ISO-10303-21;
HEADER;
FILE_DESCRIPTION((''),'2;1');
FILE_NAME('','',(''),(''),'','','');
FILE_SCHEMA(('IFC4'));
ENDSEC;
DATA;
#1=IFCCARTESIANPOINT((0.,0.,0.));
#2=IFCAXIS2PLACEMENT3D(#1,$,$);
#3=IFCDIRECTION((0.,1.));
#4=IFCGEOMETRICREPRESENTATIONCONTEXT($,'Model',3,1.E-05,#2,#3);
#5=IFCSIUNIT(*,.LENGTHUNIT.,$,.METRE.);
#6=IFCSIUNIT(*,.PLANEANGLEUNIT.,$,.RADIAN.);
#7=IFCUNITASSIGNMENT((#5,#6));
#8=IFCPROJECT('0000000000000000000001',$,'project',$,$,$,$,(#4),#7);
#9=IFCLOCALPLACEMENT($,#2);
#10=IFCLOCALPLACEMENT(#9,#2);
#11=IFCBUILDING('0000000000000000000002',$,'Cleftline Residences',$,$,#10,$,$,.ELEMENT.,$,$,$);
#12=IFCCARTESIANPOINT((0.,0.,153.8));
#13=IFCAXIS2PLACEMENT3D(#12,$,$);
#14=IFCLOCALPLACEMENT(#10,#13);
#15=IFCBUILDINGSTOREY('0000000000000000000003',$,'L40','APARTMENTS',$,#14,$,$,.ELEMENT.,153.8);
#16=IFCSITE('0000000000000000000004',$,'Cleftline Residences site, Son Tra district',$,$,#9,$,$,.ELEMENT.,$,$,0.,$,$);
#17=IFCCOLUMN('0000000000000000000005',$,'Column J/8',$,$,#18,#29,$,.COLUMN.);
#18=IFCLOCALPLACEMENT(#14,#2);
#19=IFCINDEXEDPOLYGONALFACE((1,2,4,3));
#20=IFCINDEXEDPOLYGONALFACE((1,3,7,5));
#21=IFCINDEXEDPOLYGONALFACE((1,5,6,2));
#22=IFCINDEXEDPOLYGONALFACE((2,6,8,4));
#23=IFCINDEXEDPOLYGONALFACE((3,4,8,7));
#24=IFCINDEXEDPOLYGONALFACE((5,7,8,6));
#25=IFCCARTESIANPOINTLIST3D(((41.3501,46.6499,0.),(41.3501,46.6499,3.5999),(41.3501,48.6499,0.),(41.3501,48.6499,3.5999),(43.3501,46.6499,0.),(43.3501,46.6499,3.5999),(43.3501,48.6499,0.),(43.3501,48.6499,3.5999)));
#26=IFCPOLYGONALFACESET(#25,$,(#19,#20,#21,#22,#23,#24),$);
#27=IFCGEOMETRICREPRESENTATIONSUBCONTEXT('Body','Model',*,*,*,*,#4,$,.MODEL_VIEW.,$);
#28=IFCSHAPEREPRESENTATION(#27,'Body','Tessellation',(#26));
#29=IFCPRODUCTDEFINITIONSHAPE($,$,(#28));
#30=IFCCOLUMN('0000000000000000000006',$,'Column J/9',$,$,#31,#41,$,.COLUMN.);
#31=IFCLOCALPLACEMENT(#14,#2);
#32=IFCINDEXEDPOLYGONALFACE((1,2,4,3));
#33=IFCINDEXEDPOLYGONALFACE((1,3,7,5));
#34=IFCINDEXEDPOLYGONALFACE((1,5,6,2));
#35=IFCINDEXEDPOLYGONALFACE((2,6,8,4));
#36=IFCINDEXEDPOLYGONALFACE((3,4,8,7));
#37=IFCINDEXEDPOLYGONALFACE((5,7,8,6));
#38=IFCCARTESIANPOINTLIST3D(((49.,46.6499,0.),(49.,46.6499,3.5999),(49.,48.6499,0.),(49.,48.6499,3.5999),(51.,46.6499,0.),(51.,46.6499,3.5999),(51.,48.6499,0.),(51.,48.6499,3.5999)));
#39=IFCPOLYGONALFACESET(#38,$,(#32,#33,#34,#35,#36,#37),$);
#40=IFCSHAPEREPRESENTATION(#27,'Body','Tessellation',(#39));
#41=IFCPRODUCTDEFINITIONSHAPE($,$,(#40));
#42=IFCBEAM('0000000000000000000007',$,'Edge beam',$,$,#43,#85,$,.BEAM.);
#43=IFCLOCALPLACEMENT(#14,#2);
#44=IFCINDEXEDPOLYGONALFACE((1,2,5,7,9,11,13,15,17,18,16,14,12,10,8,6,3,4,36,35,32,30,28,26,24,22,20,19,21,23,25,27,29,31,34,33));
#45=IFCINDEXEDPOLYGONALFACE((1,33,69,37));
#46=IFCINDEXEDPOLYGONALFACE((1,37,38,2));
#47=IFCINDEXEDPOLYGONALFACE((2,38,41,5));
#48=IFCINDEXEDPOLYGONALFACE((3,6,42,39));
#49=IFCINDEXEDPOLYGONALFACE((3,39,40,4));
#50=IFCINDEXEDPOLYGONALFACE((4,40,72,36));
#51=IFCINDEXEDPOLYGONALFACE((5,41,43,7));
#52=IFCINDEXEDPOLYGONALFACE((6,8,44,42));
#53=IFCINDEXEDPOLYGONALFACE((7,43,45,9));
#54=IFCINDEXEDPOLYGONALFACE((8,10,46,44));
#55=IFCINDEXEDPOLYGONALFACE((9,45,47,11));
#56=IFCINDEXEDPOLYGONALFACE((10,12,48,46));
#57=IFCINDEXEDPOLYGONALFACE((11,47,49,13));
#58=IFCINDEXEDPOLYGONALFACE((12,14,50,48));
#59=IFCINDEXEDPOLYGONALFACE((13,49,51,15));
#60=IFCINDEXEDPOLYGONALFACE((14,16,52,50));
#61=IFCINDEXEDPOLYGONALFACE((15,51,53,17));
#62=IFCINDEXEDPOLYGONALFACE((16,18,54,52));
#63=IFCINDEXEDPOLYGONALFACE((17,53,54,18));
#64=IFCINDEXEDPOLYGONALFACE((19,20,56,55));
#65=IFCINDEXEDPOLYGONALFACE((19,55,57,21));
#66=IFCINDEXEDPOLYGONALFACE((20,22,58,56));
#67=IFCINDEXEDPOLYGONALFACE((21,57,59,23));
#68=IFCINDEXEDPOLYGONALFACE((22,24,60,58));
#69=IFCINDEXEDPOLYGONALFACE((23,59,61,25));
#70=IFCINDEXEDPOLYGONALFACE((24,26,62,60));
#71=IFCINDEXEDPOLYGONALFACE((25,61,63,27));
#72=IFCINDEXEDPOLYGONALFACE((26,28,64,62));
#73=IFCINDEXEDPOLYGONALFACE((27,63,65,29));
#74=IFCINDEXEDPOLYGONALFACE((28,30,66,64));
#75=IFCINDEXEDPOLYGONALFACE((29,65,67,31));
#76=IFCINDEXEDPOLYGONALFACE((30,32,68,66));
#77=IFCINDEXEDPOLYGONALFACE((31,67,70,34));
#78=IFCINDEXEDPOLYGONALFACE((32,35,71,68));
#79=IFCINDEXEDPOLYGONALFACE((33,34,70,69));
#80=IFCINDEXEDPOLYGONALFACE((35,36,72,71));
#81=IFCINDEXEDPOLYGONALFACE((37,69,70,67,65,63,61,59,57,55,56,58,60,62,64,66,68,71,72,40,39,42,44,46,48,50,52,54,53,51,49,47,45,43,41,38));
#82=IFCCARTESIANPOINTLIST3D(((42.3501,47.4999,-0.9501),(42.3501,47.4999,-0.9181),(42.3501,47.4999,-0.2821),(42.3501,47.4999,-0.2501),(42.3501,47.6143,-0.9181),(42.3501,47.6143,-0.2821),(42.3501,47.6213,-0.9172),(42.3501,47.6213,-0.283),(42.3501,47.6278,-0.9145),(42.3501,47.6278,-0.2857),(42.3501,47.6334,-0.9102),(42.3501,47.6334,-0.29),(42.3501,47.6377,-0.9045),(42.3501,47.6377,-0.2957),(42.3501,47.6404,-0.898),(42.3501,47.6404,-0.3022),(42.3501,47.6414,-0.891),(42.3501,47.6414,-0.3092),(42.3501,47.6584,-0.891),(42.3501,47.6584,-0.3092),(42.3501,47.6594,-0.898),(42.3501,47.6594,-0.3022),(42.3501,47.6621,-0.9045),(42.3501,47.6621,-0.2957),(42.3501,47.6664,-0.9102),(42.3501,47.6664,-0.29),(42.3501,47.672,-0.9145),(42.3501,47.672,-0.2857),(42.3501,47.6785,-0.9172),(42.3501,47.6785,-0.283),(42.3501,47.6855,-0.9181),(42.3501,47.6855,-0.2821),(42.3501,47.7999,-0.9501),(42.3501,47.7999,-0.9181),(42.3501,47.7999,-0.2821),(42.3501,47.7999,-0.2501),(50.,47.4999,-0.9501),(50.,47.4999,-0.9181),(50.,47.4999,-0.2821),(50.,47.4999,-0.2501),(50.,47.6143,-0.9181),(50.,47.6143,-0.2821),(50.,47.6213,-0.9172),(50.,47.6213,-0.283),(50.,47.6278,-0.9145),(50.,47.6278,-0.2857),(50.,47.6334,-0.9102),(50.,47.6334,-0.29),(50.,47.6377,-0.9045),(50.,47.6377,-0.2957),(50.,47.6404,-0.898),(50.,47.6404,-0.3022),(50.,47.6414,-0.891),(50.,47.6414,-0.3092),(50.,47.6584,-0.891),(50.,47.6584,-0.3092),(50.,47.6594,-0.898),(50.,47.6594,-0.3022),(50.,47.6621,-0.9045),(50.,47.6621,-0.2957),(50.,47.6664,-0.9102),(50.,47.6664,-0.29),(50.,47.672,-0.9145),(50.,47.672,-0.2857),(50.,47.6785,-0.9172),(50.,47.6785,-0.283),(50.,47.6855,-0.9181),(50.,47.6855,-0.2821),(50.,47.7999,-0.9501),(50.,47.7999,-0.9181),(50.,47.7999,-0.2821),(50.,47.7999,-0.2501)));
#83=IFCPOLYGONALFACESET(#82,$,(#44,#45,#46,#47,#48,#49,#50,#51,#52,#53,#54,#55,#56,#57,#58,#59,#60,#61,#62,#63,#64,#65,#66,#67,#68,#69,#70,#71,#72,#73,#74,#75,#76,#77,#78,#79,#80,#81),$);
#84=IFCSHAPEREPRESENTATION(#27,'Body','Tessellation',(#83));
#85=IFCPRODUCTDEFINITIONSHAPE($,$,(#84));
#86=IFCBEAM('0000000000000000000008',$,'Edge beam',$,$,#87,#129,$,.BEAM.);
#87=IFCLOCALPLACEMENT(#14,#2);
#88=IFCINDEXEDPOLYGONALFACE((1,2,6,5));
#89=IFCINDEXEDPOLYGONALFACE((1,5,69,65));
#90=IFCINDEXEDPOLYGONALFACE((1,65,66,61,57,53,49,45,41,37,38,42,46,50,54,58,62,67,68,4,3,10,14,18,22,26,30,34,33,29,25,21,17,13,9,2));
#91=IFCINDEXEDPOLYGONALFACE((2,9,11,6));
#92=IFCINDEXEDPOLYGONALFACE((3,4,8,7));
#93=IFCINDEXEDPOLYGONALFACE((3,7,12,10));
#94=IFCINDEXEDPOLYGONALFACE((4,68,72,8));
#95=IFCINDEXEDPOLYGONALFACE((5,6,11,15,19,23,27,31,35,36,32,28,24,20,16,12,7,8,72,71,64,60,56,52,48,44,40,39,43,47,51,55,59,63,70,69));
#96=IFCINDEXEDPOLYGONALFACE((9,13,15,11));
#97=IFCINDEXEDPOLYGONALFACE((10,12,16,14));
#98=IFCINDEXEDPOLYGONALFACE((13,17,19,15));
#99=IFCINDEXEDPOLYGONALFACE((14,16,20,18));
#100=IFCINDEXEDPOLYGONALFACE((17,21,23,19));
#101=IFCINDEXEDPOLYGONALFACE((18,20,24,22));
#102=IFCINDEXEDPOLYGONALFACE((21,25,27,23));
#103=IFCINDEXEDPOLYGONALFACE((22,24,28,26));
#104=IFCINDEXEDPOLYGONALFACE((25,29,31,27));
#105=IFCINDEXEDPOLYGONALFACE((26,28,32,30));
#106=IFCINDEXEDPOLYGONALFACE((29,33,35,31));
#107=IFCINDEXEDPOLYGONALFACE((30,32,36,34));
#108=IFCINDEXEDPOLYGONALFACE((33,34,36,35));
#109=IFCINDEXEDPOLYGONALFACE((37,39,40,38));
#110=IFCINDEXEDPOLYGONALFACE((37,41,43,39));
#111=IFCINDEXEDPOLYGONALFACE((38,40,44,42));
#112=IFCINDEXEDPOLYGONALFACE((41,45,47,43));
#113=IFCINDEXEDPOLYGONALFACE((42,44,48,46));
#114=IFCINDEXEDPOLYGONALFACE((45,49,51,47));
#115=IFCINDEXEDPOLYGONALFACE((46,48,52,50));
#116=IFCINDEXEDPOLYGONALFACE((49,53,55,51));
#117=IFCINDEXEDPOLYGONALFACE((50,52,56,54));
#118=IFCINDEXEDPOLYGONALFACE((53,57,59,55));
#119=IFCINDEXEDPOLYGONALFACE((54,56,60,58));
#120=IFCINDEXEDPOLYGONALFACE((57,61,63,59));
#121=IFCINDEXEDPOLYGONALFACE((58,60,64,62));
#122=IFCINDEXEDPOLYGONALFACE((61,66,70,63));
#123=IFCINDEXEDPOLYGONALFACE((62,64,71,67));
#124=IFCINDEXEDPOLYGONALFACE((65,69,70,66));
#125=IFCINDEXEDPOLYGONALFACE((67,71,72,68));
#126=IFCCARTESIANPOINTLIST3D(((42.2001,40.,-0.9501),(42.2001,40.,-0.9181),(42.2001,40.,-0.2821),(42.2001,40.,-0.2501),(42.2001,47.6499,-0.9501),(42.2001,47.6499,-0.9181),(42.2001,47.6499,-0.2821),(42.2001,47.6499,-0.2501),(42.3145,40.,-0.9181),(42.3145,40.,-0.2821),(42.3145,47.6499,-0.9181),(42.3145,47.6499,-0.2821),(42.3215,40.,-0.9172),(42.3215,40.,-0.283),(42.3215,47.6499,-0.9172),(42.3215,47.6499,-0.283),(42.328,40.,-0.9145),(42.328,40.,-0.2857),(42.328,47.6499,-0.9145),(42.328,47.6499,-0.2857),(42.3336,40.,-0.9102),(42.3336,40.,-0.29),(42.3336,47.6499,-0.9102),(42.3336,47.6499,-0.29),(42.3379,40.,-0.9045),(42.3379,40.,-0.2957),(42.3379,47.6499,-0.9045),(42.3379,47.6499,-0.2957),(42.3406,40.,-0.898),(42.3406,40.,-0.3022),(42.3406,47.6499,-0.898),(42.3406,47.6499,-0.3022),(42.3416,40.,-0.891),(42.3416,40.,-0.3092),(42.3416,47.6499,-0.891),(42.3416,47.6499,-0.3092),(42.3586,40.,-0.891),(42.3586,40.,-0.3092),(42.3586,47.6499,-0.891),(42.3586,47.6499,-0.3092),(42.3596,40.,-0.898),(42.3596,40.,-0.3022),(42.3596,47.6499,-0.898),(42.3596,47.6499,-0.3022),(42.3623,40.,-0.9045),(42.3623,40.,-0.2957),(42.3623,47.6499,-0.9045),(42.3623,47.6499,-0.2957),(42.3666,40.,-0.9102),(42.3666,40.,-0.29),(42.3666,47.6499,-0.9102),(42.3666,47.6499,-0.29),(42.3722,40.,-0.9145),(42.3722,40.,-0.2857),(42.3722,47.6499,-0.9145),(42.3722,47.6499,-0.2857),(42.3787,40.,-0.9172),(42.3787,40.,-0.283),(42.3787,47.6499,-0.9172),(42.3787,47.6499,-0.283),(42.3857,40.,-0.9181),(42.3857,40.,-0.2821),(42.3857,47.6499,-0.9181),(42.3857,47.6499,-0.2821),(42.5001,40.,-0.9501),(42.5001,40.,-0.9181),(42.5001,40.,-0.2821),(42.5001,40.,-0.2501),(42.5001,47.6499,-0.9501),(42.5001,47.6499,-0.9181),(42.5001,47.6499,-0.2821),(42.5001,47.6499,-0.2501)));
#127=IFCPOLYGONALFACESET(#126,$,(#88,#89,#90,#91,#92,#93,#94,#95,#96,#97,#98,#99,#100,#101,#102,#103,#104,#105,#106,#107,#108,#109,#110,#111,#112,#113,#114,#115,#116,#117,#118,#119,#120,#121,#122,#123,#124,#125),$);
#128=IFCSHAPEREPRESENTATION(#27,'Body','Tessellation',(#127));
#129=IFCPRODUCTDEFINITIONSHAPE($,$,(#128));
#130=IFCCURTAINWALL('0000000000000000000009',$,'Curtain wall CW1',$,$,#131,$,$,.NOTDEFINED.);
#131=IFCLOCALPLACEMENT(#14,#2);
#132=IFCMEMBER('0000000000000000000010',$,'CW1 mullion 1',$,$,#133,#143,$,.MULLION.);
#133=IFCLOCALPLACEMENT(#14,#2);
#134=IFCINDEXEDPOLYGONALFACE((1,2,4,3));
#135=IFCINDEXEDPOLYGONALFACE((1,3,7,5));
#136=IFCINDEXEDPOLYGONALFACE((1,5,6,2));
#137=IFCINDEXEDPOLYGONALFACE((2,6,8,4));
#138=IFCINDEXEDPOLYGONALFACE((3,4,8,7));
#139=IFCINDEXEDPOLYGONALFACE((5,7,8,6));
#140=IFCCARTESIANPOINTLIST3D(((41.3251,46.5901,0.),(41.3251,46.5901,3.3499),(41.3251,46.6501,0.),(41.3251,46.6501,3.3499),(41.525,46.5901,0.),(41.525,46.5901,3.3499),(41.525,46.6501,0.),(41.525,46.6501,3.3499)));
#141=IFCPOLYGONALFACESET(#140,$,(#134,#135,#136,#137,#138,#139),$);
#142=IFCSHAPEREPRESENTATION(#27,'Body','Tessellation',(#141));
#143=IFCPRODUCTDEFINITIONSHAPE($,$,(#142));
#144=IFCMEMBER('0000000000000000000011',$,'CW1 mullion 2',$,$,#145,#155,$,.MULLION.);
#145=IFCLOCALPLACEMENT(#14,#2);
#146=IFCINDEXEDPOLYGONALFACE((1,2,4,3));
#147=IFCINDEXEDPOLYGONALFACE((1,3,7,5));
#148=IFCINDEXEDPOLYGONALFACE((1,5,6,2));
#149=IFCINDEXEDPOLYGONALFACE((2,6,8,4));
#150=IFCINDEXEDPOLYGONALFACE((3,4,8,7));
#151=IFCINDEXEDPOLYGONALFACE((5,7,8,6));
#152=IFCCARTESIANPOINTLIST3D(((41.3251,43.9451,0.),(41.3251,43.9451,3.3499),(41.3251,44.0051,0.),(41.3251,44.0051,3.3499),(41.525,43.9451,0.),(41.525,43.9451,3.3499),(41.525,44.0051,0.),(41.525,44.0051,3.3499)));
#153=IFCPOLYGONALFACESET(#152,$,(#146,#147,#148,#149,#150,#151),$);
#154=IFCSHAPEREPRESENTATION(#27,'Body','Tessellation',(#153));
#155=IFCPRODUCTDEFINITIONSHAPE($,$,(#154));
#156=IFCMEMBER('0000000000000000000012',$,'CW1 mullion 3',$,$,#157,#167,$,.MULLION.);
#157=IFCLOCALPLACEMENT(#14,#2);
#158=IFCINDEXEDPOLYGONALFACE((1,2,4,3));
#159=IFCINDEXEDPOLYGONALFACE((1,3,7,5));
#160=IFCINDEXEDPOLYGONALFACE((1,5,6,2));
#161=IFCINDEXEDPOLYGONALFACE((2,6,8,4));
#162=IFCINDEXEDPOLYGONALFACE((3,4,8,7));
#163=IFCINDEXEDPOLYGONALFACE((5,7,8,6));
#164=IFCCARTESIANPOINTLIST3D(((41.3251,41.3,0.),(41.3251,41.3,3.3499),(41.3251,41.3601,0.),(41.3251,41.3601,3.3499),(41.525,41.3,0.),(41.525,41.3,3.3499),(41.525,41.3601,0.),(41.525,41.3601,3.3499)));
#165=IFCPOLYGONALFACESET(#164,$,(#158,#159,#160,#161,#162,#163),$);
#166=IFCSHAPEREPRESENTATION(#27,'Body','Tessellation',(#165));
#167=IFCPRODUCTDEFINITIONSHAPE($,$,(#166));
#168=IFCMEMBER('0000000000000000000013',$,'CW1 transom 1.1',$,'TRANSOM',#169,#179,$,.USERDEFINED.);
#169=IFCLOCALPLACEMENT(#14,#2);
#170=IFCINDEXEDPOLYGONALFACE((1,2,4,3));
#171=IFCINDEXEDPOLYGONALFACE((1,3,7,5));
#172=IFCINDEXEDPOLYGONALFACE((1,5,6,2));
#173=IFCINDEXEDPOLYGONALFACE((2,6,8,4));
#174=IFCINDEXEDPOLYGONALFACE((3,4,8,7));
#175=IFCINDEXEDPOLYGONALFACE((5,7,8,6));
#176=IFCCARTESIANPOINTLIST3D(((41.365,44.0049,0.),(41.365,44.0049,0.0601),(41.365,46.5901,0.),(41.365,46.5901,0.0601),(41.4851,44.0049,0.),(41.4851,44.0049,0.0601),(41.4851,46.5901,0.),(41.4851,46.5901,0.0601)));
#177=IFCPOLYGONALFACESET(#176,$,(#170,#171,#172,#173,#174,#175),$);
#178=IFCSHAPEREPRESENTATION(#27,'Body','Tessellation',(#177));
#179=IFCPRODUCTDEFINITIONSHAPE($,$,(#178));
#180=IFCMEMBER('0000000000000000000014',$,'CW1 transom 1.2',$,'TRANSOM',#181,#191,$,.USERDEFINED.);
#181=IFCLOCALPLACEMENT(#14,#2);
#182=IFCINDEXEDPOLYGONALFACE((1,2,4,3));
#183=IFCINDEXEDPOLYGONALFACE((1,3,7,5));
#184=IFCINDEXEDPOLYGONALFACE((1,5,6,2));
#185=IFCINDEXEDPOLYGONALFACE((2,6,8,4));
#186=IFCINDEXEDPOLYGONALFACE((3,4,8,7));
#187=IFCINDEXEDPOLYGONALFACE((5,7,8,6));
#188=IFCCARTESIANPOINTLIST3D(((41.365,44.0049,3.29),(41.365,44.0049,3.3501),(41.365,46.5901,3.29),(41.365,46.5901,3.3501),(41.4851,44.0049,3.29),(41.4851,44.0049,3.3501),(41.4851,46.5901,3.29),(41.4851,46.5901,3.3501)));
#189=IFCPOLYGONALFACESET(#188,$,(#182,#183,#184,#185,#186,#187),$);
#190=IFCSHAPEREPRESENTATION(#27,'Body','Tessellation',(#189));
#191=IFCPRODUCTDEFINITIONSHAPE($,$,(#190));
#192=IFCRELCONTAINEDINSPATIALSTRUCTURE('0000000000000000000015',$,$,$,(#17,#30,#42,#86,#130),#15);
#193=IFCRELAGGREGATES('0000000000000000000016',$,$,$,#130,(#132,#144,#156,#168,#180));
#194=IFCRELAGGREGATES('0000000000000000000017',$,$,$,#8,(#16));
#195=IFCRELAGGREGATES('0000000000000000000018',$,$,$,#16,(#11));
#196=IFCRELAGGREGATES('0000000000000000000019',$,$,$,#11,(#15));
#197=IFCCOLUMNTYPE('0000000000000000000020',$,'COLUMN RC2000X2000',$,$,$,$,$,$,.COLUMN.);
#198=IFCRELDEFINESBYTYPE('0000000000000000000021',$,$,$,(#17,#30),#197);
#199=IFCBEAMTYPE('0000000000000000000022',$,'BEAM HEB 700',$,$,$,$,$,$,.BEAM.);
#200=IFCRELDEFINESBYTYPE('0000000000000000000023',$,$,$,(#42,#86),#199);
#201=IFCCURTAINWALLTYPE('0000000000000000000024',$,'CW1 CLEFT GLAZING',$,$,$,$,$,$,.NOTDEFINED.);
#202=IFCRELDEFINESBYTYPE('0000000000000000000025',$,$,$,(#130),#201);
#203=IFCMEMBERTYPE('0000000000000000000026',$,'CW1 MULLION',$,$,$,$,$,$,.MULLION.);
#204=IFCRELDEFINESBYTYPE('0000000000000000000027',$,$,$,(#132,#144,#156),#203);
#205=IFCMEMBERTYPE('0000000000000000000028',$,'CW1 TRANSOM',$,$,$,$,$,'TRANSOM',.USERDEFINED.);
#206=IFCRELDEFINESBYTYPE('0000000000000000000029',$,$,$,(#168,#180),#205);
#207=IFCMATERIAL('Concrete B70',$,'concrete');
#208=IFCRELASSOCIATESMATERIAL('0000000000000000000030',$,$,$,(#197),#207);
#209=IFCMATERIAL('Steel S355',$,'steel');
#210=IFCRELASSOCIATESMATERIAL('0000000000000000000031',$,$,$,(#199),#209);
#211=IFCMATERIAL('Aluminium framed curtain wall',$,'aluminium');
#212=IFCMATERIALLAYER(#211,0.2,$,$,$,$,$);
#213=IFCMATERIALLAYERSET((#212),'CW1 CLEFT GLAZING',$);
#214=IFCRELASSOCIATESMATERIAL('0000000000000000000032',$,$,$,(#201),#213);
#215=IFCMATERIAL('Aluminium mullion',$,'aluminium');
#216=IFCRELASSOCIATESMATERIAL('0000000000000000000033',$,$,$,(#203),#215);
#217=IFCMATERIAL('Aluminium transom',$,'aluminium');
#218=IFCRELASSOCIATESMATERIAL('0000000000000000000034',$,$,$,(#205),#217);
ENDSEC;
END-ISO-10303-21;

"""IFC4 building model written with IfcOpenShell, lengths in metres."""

from ifc_helpers import new_model, si_unit, direction, frame, origin, origin_2d, place, context, subcontext, project, spatial, rectangle, i_section, extrude, material, layer, layer_set, material_profile, profile_set, type_object, element, aggregate, save


model = new_model("IFC4")

# Units and contexts
model_context = context("Model", 3, precision=1e-05, world=origin(), true_north=direction((0.0, 1.0)))
body_context = subcontext(model_context, "Body", "Model", "MODEL_VIEW")
ifc_project = project(units=[si_unit("LENGTHUNIT", "METRE"), si_unit("PLANEANGLEUNIT", "RADIAN")], contexts=[model_context])

# Site, building, storey
site_placement = place(None, origin())
site = spatial("IfcSite", under=ifc_project, at=site_placement, Name="Cleftline Residences site, Son Tra district", CompositionType="ELEMENT", RefElevation=0.0)
building_placement = place(site_placement, origin())
building = spatial("IfcBuilding", under=site, at=building_placement, Name="Cleftline Residences", CompositionType="ELEMENT")
storey_placement = place(building_placement, frame((0.0, 0.0, 153.8)))
storey = spatial("IfcBuildingStorey", under=building, at=storey_placement, Name="L40", Description="APARTMENTS", CompositionType="ELEMENT", Elevation=153.8)

# Columns
ifc_material_1 = material(Name="Concrete B70", Category="concrete")
ifc_material_profile_1 = material_profile(ifc_material_1, rectangle(XDim=2.0, YDim=2.0, at=origin_2d()))
ifc_profile_set_1 = profile_set([ifc_material_profile_1], Name="Concrete B70")
column_type = type_object("IfcColumnType", Name="COLUMN RC2000X2000", PredefinedType="COLUMN", material=ifc_profile_set_1)
for number, where, z_axis, x_axis, name in (
    (1, (42.3501, 47.6499, 0.0), (0.0, 0.0, 1.0), (1.0, 0.0, 0.0), "Column J/8"),
    (2, (50.0, 47.6499, 0.0), (0.0, 0.0, 1.0), (1.0, 0.0, 0.0), "Column J/9"),
):
    element("IfcColumn", number, at=place(storey_placement, frame(where, z_axis=z_axis, x_axis=x_axis)), inside=storey, type_object=column_type, Name=name, PredefinedType="COLUMN", context=body_context, shape_type="SweptSolid", body=[
        extrude(rectangle(XDim=2.0, YDim=2.0, at=origin_2d()), origin(), (0.0, 0.0, 1.0), 3.5999),
    ])

# Beams
ifc_material_2 = material(Name="Steel S355", Category="steel")
ifc_material_profile_2 = material_profile(ifc_material_2, i_section(OverallWidth=0.3, OverallDepth=0.7, WebThickness=0.0171, FlangeThickness=0.032, FilletRadius=0.0271, at=origin_2d()))
ifc_profile_set_2 = profile_set([ifc_material_profile_2], Name="Steel S355")
beam_type = type_object("IfcBeamType", Name="BEAM HEB 700", PredefinedType="BEAM", material=ifc_profile_set_2)
for number, where, z_axis, x_axis, name in (
    (3, (50.0, 47.6499, -0.6001), (-1.0, 0.0, 0.0), (0.0, -1.0, 0.0), "Edge beam"),
    (4, (42.3501, 47.6499, -0.6001), (0.0, -1.0, 0.0), (1.0, 0.0, 0.0), "Edge beam"),
):
    element("IfcBeam", number, at=place(storey_placement, frame(where, z_axis=z_axis, x_axis=x_axis)), inside=storey, type_object=beam_type, Name=name, PredefinedType="BEAM", context=body_context, shape_type="SweptSolid", body=[
        extrude(i_section(OverallWidth=0.3, OverallDepth=0.7, WebThickness=0.0171, FlangeThickness=0.032, FilletRadius=0.0271, at=origin_2d()), origin(), (0.0, 0.0, 1.0), 7.6499),
    ])

# Curtain wall, members
ifc_material_3 = material(Name="Aluminium framed curtain wall", Category="aluminium")
ifc_layer_1 = layer(ifc_material_3, 0.2)
ifc_layer_set_1 = layer_set([ifc_layer_1], Name="CW1 CLEFT GLAZING")
curtain_wall_type = type_object("IfcCurtainWallType", Name="CW1 CLEFT GLAZING", PredefinedType="NOTDEFINED", material=ifc_layer_set_1)
curtain_wall_placement = place(storey_placement, origin())
curtain_wall = element("IfcCurtainWall", 5, at=curtain_wall_placement, inside=storey, type_object=curtain_wall_type, Name="Curtain wall CW1", PredefinedType="NOTDEFINED")
ifc_material_4 = material(Name="Aluminium mullion", Category="aluminium")
ifc_material_profile_3 = material_profile(ifc_material_4, rectangle(XDim=0.2, YDim=0.0601, at=origin_2d()))
ifc_profile_set_3 = profile_set([ifc_material_profile_3], Name="Aluminium mullion")
member_type_1 = type_object("IfcMemberType", Name="CW1 MULLION", PredefinedType="MULLION", material=ifc_profile_set_3)
member_1_placement = place(storey_placement, frame((41.425, 46.6201, 0.0), z_axis=(0.0, 0.0, 1.0), x_axis=(1.0, 0.0, 0.0)))
member_1 = element("IfcMember", 6, at=member_1_placement, type_object=member_type_1, Name="CW1 mullion 1", PredefinedType="MULLION", context=body_context, shape_type="SweptSolid", body=[
    extrude(rectangle(XDim=0.2, YDim=0.0601, at=origin_2d()), origin(), (0.0, 0.0, 1.0), 3.3499),
])
member_2_placement = place(storey_placement, frame((41.425, 43.9751, 0.0), z_axis=(0.0, 0.0, 1.0), x_axis=(1.0, 0.0, 0.0)))
member_2 = element("IfcMember", 7, at=member_2_placement, type_object=member_type_1, Name="CW1 mullion 2", PredefinedType="MULLION", context=body_context, shape_type="SweptSolid", body=[
    extrude(rectangle(XDim=0.2, YDim=0.0601, at=origin_2d()), origin(), (0.0, 0.0, 1.0), 3.3499),
])
member_3_placement = place(storey_placement, frame((41.425, 41.3301, 0.0), z_axis=(0.0, 0.0, 1.0), x_axis=(1.0, 0.0, 0.0)))
member_3 = element("IfcMember", 8, at=member_3_placement, type_object=member_type_1, Name="CW1 mullion 3", PredefinedType="MULLION", context=body_context, shape_type="SweptSolid", body=[
    extrude(rectangle(XDim=0.2, YDim=0.0601, at=origin_2d()), origin(), (0.0, 0.0, 1.0), 3.3499),
])
ifc_material_5 = material(Name="Aluminium transom", Category="aluminium")
ifc_material_profile_4 = material_profile(ifc_material_5, rectangle(XDim=0.1201, YDim=0.0601, at=origin_2d()))
ifc_profile_set_4 = profile_set([ifc_material_profile_4], Name="Aluminium transom")
member_type_2 = type_object("IfcMemberType", Name="CW1 TRANSOM", ElementType="TRANSOM", PredefinedType="USERDEFINED", material=ifc_profile_set_4)
member_4_placement = place(storey_placement, frame((41.425, 46.5901, 0.03), z_axis=(0.0, -1.0, 0.0), x_axis=(1.0, 0.0, 0.0)))
member_4 = element("IfcMember", 9, at=member_4_placement, type_object=member_type_2, Name="CW1 transom 1.1", ObjectType="TRANSOM", PredefinedType="USERDEFINED", context=body_context, shape_type="SweptSolid", body=[
    extrude(rectangle(XDim=0.1201, YDim=0.0601, at=origin_2d()), origin(), (0.0, 0.0, 1.0), 2.5852),
])
member_5_placement = place(storey_placement, frame((41.425, 46.5901, 3.3201), z_axis=(0.0, -1.0, 0.0), x_axis=(1.0, 0.0, 0.0)))
member_5 = element("IfcMember", 10, at=member_5_placement, type_object=member_type_2, Name="CW1 transom 1.2", ObjectType="TRANSOM", PredefinedType="USERDEFINED", context=body_context, shape_type="SweptSolid", body=[
    extrude(rectangle(XDim=0.1201, YDim=0.0601, at=origin_2d()), origin(), (0.0, 0.0, 1.0), 2.5852),
])
aggregate(curtain_wall, [member_1, member_2, member_3, member_4, member_5])

save(model, "model.ifc")
